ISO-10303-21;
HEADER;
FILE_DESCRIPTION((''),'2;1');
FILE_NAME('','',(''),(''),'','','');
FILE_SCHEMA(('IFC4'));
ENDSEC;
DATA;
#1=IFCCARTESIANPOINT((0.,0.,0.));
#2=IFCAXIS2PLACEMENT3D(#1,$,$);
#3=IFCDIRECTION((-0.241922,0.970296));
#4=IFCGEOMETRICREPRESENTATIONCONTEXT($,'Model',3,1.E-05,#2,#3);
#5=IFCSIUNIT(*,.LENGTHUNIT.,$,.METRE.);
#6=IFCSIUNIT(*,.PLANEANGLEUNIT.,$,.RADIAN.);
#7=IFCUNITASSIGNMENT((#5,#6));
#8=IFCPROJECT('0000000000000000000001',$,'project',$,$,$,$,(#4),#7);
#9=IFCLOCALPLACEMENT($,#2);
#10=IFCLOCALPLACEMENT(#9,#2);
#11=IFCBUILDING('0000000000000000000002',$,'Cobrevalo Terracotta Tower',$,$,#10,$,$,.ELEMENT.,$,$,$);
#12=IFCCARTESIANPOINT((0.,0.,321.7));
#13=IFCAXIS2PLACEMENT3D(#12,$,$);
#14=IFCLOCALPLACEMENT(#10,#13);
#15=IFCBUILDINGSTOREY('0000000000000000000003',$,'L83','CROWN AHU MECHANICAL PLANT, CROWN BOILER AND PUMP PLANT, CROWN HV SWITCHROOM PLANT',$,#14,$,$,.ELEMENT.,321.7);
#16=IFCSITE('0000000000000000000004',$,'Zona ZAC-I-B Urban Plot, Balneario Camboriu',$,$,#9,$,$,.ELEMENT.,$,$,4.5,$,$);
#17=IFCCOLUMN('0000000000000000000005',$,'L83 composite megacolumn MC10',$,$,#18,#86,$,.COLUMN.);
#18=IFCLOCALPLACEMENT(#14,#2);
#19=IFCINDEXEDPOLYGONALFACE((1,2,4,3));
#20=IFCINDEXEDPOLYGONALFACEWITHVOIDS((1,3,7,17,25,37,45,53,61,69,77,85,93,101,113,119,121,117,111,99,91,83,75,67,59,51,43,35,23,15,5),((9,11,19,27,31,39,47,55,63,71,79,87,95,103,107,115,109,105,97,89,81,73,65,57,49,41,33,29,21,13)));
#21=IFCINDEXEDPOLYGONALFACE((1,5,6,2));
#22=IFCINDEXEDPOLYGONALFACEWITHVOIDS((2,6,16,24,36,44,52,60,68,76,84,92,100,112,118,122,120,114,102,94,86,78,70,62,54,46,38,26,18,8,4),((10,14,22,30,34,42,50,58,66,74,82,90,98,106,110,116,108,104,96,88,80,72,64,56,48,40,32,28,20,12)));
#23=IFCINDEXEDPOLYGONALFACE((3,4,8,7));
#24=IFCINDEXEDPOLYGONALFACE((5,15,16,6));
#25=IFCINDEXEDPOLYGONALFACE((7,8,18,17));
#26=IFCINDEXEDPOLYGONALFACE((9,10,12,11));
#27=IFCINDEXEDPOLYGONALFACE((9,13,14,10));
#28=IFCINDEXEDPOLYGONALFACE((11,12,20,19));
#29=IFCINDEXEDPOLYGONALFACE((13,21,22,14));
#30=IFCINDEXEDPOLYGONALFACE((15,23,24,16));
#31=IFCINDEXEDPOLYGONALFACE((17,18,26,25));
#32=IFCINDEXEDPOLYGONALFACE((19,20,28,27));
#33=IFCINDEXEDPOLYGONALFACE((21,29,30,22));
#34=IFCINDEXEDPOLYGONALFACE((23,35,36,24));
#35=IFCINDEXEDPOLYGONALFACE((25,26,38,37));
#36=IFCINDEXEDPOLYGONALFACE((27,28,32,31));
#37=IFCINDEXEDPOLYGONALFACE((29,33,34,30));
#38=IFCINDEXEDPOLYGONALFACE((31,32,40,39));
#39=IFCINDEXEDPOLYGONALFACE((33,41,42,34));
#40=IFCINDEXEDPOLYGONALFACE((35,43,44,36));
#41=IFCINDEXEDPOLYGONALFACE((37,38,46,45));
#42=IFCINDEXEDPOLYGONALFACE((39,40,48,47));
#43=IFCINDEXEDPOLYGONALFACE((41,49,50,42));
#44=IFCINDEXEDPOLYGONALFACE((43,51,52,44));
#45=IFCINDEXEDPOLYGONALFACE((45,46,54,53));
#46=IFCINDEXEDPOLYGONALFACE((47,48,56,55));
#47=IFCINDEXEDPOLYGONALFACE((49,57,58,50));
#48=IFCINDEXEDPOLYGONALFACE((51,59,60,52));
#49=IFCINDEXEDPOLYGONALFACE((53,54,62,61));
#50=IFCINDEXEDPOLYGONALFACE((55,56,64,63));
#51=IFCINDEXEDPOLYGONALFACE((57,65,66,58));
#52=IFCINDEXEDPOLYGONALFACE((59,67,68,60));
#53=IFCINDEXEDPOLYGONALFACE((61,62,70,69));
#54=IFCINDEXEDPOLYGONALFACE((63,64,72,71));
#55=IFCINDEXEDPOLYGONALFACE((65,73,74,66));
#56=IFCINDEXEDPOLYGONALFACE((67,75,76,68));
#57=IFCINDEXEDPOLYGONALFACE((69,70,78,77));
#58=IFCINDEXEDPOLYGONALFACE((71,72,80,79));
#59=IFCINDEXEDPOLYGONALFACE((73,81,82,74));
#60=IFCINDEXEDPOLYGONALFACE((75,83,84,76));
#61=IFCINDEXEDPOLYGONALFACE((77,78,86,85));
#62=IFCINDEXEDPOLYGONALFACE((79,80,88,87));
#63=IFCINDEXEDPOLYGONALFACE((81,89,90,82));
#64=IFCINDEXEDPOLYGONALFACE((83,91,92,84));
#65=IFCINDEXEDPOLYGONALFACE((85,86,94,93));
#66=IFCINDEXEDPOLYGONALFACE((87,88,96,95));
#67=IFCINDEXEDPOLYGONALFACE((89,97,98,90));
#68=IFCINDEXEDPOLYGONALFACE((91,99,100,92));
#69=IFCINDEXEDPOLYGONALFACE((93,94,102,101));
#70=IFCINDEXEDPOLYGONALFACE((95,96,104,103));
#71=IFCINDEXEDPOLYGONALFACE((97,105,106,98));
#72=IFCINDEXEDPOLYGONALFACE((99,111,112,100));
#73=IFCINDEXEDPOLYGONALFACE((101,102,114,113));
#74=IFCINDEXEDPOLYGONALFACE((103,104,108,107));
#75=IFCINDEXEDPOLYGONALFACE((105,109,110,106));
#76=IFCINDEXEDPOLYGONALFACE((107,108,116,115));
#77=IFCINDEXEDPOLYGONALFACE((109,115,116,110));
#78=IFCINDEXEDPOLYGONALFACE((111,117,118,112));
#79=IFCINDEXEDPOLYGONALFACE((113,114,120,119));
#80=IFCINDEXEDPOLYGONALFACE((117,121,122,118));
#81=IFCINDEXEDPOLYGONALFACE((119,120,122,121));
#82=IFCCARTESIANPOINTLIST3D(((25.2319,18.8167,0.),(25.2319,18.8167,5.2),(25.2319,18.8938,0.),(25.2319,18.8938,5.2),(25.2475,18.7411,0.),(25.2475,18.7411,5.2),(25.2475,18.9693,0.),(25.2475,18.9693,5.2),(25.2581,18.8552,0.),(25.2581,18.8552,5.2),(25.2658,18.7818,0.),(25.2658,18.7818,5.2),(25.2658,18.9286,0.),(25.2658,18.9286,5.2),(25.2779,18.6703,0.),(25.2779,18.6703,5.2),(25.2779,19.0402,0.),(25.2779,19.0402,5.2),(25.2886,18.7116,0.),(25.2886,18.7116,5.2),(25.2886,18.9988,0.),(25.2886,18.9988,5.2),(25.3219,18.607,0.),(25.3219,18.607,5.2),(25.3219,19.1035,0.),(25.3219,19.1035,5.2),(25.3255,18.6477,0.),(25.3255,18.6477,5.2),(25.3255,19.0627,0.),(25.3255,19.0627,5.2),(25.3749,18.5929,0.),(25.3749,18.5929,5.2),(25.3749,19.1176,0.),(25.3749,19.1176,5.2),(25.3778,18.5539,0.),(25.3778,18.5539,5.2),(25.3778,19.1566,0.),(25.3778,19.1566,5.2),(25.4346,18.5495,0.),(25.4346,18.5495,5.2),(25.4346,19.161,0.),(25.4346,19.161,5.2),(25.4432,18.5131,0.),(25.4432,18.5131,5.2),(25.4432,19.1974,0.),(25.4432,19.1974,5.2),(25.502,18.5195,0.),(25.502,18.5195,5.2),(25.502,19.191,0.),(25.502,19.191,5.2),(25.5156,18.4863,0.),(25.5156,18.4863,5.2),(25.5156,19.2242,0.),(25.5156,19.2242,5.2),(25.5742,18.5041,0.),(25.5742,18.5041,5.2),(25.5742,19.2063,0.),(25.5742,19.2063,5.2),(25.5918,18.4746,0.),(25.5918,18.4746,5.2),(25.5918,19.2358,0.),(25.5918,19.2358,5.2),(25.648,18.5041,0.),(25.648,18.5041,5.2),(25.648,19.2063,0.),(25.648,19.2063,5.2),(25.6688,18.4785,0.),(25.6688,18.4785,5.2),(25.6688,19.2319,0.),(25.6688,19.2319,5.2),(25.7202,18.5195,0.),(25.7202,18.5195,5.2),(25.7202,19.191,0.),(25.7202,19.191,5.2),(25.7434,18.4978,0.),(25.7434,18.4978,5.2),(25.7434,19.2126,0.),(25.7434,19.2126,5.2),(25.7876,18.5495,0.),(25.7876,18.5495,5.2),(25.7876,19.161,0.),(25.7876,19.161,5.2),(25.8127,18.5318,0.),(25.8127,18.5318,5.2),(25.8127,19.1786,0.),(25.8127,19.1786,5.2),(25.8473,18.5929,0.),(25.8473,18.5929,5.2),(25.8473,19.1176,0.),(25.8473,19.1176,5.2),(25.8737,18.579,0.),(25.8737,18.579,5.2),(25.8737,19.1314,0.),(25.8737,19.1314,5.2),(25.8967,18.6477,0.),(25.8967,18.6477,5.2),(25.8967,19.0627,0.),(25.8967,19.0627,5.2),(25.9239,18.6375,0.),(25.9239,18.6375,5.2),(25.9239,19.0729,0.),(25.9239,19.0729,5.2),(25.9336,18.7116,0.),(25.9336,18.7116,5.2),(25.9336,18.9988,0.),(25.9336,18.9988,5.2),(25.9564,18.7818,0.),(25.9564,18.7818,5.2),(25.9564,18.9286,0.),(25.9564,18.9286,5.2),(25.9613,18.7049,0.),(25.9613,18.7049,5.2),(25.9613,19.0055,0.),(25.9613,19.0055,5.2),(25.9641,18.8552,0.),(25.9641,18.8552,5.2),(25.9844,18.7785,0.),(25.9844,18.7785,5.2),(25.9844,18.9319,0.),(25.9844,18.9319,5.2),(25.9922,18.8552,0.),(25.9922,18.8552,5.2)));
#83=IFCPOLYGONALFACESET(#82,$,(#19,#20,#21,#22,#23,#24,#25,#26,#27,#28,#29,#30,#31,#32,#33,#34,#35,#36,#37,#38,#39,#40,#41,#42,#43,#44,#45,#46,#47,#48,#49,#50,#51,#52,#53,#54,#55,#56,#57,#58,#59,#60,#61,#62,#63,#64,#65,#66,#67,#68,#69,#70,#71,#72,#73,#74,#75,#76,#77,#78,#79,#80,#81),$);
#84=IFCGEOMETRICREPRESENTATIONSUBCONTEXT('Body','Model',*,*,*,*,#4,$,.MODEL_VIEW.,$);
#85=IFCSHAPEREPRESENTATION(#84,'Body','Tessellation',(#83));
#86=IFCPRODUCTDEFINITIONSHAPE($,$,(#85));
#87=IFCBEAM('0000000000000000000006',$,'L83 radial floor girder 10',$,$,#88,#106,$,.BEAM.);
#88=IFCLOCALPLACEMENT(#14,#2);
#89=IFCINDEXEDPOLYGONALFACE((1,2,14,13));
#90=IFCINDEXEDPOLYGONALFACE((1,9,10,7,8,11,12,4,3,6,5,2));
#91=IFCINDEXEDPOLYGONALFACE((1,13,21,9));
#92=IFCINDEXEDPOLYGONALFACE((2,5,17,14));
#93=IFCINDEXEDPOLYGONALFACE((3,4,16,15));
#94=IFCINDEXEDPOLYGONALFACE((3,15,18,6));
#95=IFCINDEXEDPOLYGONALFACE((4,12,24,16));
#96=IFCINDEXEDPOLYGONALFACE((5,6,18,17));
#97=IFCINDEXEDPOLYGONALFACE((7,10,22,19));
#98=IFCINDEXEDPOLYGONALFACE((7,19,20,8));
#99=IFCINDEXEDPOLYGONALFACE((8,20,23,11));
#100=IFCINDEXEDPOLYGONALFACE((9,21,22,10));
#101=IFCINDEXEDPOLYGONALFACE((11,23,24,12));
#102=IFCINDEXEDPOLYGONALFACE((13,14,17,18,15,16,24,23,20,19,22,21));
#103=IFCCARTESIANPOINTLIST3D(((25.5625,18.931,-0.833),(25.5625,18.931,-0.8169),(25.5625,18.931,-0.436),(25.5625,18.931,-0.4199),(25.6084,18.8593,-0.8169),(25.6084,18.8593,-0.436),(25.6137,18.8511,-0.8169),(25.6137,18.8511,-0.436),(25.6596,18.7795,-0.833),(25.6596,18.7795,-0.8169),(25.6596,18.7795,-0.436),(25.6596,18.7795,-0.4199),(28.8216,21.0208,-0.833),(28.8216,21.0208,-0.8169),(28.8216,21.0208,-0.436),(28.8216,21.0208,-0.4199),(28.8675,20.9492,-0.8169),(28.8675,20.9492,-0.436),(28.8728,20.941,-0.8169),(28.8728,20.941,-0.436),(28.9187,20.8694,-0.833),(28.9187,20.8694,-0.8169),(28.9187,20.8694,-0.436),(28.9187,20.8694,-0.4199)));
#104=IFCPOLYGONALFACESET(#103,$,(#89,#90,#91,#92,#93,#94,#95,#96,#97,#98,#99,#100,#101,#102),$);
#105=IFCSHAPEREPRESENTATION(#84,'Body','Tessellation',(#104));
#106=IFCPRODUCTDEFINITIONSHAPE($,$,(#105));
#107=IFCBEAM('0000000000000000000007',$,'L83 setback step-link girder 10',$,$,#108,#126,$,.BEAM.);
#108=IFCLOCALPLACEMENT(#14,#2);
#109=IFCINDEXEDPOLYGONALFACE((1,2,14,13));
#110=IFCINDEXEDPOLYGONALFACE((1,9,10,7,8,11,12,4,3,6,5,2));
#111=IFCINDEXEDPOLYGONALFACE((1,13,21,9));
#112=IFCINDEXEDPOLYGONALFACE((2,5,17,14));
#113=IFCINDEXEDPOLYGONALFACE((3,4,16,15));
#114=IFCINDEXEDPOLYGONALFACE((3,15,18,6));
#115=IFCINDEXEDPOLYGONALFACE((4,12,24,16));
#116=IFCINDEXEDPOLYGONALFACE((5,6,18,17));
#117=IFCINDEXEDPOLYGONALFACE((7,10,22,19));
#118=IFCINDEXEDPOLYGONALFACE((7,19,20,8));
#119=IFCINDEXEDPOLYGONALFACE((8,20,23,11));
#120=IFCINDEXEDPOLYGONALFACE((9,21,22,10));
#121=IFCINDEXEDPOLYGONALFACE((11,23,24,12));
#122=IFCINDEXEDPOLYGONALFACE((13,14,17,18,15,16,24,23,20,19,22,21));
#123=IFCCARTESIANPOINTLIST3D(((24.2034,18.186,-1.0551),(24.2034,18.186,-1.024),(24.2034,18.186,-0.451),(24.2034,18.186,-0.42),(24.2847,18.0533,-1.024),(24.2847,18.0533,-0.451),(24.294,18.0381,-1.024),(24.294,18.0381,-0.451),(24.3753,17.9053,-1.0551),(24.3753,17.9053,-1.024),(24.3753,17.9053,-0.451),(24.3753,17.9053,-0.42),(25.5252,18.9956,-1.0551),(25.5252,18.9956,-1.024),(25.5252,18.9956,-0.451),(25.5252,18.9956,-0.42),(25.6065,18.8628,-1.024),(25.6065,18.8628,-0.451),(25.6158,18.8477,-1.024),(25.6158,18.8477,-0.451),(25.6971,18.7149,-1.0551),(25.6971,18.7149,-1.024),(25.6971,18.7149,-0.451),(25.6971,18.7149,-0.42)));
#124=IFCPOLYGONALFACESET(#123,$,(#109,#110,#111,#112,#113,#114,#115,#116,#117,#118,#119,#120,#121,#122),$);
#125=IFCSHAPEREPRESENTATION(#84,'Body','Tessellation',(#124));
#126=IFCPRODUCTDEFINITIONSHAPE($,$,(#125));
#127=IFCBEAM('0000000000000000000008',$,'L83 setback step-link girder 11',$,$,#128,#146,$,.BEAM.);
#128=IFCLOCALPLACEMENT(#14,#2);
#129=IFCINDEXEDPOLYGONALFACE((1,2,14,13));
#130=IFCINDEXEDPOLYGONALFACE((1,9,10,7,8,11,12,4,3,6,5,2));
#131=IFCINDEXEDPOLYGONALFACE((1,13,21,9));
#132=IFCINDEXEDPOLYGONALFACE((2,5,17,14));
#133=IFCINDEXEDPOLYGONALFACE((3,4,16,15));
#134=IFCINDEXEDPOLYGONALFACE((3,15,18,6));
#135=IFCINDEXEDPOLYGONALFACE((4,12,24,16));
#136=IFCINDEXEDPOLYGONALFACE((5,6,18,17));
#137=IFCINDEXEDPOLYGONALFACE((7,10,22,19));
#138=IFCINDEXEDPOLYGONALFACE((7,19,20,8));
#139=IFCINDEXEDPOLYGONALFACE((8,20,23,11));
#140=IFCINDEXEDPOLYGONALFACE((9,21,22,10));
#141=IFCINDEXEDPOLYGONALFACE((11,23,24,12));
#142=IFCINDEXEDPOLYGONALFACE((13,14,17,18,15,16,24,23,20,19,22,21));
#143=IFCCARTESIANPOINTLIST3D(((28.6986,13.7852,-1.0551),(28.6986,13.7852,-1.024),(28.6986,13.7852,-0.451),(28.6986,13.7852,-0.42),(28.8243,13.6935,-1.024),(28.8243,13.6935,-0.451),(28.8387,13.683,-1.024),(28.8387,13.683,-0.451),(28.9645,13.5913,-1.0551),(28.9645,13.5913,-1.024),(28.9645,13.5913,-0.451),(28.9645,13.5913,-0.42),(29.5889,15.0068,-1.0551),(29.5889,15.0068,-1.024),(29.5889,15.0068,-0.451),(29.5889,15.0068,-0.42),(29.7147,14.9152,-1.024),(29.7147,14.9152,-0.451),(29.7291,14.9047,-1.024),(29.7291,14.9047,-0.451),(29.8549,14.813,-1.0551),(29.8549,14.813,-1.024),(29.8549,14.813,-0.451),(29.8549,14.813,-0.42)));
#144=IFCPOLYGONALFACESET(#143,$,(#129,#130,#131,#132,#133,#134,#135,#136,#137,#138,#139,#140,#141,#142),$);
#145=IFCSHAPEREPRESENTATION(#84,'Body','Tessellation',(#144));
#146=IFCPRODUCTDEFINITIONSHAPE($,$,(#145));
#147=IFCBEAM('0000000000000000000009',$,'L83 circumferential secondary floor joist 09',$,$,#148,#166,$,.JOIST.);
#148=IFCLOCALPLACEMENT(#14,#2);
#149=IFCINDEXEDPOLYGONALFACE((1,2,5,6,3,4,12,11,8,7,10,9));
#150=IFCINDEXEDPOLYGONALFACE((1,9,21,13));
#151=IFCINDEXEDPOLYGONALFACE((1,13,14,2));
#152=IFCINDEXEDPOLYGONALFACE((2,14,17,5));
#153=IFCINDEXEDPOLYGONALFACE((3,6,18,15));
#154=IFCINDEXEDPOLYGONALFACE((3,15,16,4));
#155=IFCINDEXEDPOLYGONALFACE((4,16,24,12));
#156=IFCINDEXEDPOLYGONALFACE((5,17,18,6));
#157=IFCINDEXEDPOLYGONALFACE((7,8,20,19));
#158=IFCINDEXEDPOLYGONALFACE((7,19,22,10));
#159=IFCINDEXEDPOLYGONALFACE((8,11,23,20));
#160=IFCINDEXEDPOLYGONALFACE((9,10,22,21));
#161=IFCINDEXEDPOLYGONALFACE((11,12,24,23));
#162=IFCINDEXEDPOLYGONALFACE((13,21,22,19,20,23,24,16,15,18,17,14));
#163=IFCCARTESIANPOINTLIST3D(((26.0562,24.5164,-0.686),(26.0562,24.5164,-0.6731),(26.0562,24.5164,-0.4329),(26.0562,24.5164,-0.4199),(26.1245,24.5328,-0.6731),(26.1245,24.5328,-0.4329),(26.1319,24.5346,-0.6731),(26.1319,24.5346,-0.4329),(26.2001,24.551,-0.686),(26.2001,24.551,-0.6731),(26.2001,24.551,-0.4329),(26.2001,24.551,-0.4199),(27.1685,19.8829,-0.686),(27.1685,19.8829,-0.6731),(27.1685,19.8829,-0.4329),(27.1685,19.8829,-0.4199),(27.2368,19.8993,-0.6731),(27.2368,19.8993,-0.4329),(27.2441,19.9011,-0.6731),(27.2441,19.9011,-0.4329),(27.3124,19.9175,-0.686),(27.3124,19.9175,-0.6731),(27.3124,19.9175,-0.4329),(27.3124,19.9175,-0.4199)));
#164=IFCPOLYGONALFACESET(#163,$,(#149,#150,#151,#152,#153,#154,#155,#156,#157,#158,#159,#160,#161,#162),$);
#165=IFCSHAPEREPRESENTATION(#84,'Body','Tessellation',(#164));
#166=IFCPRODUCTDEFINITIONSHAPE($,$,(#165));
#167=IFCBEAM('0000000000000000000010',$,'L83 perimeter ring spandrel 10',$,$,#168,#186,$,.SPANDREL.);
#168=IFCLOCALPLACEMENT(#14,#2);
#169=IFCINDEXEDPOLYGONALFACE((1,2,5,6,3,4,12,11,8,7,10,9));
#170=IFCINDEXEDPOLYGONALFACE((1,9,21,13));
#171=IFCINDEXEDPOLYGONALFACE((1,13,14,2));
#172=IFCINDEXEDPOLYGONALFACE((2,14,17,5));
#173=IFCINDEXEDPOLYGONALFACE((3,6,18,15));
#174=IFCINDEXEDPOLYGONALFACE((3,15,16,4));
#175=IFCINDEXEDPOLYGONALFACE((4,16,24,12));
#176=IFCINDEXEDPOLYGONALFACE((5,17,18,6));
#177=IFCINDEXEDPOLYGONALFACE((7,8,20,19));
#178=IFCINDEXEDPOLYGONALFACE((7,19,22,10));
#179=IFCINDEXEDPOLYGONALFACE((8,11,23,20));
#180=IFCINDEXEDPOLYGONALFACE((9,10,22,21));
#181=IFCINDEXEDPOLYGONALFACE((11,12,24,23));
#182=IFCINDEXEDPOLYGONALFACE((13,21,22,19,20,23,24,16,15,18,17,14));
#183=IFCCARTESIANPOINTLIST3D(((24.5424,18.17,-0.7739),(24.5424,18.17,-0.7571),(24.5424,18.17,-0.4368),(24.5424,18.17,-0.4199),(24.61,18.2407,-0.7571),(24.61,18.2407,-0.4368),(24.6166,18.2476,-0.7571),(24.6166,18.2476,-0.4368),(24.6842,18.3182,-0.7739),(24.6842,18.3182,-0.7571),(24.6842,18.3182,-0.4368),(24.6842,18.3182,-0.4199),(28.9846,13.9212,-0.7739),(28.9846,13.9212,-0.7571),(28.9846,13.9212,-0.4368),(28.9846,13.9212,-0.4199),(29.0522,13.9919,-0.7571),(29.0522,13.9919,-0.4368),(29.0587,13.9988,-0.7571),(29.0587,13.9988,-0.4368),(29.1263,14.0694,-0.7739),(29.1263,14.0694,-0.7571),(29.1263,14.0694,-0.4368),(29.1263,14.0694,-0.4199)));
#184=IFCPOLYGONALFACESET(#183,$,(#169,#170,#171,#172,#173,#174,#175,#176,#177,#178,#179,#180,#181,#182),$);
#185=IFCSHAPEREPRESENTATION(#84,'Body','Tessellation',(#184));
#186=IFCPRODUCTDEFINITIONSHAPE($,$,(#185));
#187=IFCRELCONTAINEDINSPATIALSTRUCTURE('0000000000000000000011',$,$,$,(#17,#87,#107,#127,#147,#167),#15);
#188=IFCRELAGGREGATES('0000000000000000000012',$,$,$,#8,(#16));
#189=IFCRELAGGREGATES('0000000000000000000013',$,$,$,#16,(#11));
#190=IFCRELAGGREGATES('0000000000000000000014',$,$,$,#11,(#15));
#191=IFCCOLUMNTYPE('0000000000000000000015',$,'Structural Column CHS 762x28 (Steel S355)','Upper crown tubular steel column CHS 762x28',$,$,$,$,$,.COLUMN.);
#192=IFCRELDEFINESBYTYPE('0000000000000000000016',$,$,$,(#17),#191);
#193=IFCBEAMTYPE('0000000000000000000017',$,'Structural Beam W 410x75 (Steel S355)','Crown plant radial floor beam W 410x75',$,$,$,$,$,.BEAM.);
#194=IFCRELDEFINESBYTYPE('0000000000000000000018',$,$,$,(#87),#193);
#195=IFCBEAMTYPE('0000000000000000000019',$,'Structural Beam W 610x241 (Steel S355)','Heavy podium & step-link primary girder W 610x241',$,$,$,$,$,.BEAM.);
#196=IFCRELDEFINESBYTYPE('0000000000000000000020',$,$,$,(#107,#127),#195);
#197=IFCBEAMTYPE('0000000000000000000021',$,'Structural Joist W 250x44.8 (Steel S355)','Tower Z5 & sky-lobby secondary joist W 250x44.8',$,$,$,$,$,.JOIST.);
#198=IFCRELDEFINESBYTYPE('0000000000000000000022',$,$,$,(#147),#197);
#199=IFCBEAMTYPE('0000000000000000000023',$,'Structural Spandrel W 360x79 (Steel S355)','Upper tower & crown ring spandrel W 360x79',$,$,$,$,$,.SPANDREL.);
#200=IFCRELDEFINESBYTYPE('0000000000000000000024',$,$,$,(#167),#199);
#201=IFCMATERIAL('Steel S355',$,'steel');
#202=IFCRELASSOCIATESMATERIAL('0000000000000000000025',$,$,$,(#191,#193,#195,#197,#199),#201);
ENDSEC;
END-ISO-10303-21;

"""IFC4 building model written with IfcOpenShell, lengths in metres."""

from ifc_helpers import new_model, si_unit, direction, frame, origin, origin_2d, place, context, subcontext, project, spatial, hollow_circle, i_section, extrude, material, material_profile, profile_set, type_object, element, save


model = new_model("IFC4")

# Units and contexts
model_context = context("Model", 3, precision=1e-05, world=origin(), true_north=direction((-0.241922, 0.970296)))
body_context = subcontext(model_context, "Body", "Model", "MODEL_VIEW")
ifc_project = project(units=[si_unit("LENGTHUNIT", "METRE"), si_unit("PLANEANGLEUNIT", "RADIAN")], contexts=[model_context])

# Site, building, storey
site_placement = place(None, origin())
site = spatial("IfcSite", under=ifc_project, at=site_placement, Name="Zona ZAC-I-B Urban Plot, Balneario Camboriu", CompositionType="ELEMENT", RefElevation=4.5)
building_placement = place(site_placement, origin())
building = spatial("IfcBuilding", under=site, at=building_placement, Name="Cobrevalo Terracotta Tower", CompositionType="ELEMENT")
storey_placement = place(building_placement, frame((0.0, 0.0, 321.7)))
storey = spatial("IfcBuildingStorey", under=building, at=storey_placement, Name="L83", Description="CROWN AHU MECHANICAL PLANT, CROWN BOILER AND PUMP PLANT, CROWN HV SWITCHROOM PLANT", CompositionType="ELEMENT", Elevation=321.7)

# Column
ifc_material_1 = material(Name="Steel S355", Category="steel")
ifc_material_profile_1 = material_profile(ifc_material_1, hollow_circle(Radius=0.3811, WallThickness=0.0281, at=origin_2d()), Name="CHS 762x28")
ifc_profile_set_1 = profile_set([ifc_material_profile_1], Name="Steel S355")
column_type = type_object("IfcColumnType", Name="Structural Column CHS 762x28 (Steel S355)", Description="Upper crown tubular steel column CHS 762x28", PredefinedType="COLUMN", material=ifc_profile_set_1)
column_placement = place(storey_placement, frame((25.6111, 18.8552, 0.0), z_axis=(0.0, 0.0, 1.0), x_axis=(1.0, 0.0, 0.0)))
element("IfcColumn", 1, at=column_placement, inside=storey, type_object=column_type, Name="L83 composite megacolumn MC10", PredefinedType="COLUMN", context=body_context, shape_type="SweptSolid", body=[
    extrude(hollow_circle(Radius=0.3811, WallThickness=0.0281, at=origin_2d()), origin(), (0.0, 0.0, 1.0), 5.2),
])

# Beams
ifc_material_profile_2 = material_profile(ifc_material_1, i_section(OverallWidth=0.1799, OverallDepth=0.4131, WebThickness=0.0098, FlangeThickness=0.0161, at=origin_2d()), Name="W 410x75")
ifc_profile_set_2 = profile_set([ifc_material_profile_2], Name="Steel S355")
beam_type_1 = type_object("IfcBeamType", Name="Structural Beam W 410x75 (Steel S355)", Description="Crown plant radial floor beam W 410x75", PredefinedType="BEAM", material=ifc_profile_set_2)
beam_1_placement = place(storey_placement, frame((25.6111, 18.8552, -0.6265), z_axis=(0.841795, 0.539798, 0.0), x_axis=(-0.539798, 0.841795, 0.0)))
element("IfcBeam", 2, at=beam_1_placement, inside=storey, type_object=beam_type_1, Name="L83 radial floor girder 10", PredefinedType="BEAM", context=body_context, shape_type="SweptSolid", body=[
    extrude(i_section(OverallWidth=0.1799, OverallDepth=0.4131, WebThickness=0.0098, FlangeThickness=0.0161, at=origin_2d()), origin(), (0.0, 0.0, 1.0), 3.8716),
])
ifc_material_profile_3 = material_profile(ifc_material_1, i_section(OverallWidth=0.3291, OverallDepth=0.635, WebThickness=0.0178, FlangeThickness=0.031, at=origin_2d()), Name="W 610x241")
ifc_profile_set_3 = profile_set([ifc_material_profile_3], Name="Steel S355")
beam_type_2 = type_object("IfcBeamType", Name="Structural Beam W 610x241 (Steel S355)", Description="Heavy podium & step-link primary girder W 610x241", PredefinedType="BEAM", material=ifc_profile_set_3)
beam_2_placement = place(storey_placement, frame((24.2893, 18.0457, -0.7375), z_axis=(0.85276, 0.522303, 0.0), x_axis=(-0.522303, 0.85276, 0.0)))
element("IfcBeam", 3, at=beam_2_placement, inside=storey, type_object=beam_type_2, Name="L83 setback step-link girder 10", PredefinedType="BEAM", context=body_context, shape_type="SweptSolid", body=[
    extrude(i_section(OverallWidth=0.3291, OverallDepth=0.635, WebThickness=0.0178, FlangeThickness=0.031, at=origin_2d()), origin(), (0.0, 0.0, 1.0), 1.55),
])
beam_3_placement = place(storey_placement, frame((28.8315, 13.6882, -0.7375), z_axis=(0.588988, 0.808142, 0.0), x_axis=(-0.808142, 0.588988, 0.0)))
element("IfcBeam", 4, at=beam_3_placement, inside=storey, type_object=beam_type_2, Name="L83 setback step-link girder 11", PredefinedType="BEAM", context=body_context, shape_type="SweptSolid", body=[
    extrude(i_section(OverallWidth=0.3291, OverallDepth=0.635, WebThickness=0.0178, FlangeThickness=0.031, at=origin_2d()), origin(), (0.0, 0.0, 1.0), 1.5117),
])
ifc_material_profile_4 = material_profile(ifc_material_1, i_section(OverallWidth=0.1479, OverallDepth=0.2661, WebThickness=0.0076, FlangeThickness=0.0129, at=origin_2d()), Name="W 250x44.8")
ifc_profile_set_4 = profile_set([ifc_material_profile_4], Name="Steel S355")
beam_type_3 = type_object("IfcBeamType", Name="Structural Joist W 250x44.8 (Steel S355)", Description="Tower Z5 & sky-lobby secondary joist W 250x44.8", PredefinedType="JOIST", material=ifc_profile_set_4)
beam_4_placement = place(storey_placement, frame((26.1282, 24.5337, -0.553), z_axis=(0.233423, -0.972375, 0.0), x_axis=(0.972375, 0.233423, 0.0)))
element("IfcBeam", 5, at=beam_4_placement, inside=storey, type_object=beam_type_3, Name="L83 circumferential secondary floor joist 09", PredefinedType="JOIST", context=body_context, shape_type="SweptSolid", body=[
    extrude(i_section(OverallWidth=0.1479, OverallDepth=0.2661, WebThickness=0.0076, FlangeThickness=0.0129, at=origin_2d()), origin(), (0.0, 0.0, 1.0), 4.7651),
])
ifc_material_profile_5 = material_profile(ifc_material_1, i_section(OverallWidth=0.2051, OverallDepth=0.354, WebThickness=0.0095, FlangeThickness=0.0168, at=origin_2d()), Name="W 360x79")
ifc_profile_set_5 = profile_set([ifc_material_profile_5], Name="Steel S355")
beam_type_4 = type_object("IfcBeamType", Name="Structural Spandrel W 360x79 (Steel S355)", Description="Upper tower & crown ring spandrel W 360x79", PredefinedType="SPANDREL", material=ifc_profile_set_5)
beam_5_placement = place(storey_placement, frame((24.6133, 18.2441, -0.5969), z_axis=(0.72266, -0.691204, 0.0), x_axis=(0.691204, 0.72266, 0.0)))
element("IfcBeam", 6, at=beam_5_placement, inside=storey, type_object=beam_type_4, Name="L83 perimeter ring spandrel 10", PredefinedType="SPANDREL", context=body_context, shape_type="SweptSolid", body=[
    extrude(i_section(OverallWidth=0.2051, OverallDepth=0.354, WebThickness=0.0095, FlangeThickness=0.0168, at=origin_2d()), origin(), (0.0, 0.0, 1.0), 6.147),
])

save(model, "model.ifc")
